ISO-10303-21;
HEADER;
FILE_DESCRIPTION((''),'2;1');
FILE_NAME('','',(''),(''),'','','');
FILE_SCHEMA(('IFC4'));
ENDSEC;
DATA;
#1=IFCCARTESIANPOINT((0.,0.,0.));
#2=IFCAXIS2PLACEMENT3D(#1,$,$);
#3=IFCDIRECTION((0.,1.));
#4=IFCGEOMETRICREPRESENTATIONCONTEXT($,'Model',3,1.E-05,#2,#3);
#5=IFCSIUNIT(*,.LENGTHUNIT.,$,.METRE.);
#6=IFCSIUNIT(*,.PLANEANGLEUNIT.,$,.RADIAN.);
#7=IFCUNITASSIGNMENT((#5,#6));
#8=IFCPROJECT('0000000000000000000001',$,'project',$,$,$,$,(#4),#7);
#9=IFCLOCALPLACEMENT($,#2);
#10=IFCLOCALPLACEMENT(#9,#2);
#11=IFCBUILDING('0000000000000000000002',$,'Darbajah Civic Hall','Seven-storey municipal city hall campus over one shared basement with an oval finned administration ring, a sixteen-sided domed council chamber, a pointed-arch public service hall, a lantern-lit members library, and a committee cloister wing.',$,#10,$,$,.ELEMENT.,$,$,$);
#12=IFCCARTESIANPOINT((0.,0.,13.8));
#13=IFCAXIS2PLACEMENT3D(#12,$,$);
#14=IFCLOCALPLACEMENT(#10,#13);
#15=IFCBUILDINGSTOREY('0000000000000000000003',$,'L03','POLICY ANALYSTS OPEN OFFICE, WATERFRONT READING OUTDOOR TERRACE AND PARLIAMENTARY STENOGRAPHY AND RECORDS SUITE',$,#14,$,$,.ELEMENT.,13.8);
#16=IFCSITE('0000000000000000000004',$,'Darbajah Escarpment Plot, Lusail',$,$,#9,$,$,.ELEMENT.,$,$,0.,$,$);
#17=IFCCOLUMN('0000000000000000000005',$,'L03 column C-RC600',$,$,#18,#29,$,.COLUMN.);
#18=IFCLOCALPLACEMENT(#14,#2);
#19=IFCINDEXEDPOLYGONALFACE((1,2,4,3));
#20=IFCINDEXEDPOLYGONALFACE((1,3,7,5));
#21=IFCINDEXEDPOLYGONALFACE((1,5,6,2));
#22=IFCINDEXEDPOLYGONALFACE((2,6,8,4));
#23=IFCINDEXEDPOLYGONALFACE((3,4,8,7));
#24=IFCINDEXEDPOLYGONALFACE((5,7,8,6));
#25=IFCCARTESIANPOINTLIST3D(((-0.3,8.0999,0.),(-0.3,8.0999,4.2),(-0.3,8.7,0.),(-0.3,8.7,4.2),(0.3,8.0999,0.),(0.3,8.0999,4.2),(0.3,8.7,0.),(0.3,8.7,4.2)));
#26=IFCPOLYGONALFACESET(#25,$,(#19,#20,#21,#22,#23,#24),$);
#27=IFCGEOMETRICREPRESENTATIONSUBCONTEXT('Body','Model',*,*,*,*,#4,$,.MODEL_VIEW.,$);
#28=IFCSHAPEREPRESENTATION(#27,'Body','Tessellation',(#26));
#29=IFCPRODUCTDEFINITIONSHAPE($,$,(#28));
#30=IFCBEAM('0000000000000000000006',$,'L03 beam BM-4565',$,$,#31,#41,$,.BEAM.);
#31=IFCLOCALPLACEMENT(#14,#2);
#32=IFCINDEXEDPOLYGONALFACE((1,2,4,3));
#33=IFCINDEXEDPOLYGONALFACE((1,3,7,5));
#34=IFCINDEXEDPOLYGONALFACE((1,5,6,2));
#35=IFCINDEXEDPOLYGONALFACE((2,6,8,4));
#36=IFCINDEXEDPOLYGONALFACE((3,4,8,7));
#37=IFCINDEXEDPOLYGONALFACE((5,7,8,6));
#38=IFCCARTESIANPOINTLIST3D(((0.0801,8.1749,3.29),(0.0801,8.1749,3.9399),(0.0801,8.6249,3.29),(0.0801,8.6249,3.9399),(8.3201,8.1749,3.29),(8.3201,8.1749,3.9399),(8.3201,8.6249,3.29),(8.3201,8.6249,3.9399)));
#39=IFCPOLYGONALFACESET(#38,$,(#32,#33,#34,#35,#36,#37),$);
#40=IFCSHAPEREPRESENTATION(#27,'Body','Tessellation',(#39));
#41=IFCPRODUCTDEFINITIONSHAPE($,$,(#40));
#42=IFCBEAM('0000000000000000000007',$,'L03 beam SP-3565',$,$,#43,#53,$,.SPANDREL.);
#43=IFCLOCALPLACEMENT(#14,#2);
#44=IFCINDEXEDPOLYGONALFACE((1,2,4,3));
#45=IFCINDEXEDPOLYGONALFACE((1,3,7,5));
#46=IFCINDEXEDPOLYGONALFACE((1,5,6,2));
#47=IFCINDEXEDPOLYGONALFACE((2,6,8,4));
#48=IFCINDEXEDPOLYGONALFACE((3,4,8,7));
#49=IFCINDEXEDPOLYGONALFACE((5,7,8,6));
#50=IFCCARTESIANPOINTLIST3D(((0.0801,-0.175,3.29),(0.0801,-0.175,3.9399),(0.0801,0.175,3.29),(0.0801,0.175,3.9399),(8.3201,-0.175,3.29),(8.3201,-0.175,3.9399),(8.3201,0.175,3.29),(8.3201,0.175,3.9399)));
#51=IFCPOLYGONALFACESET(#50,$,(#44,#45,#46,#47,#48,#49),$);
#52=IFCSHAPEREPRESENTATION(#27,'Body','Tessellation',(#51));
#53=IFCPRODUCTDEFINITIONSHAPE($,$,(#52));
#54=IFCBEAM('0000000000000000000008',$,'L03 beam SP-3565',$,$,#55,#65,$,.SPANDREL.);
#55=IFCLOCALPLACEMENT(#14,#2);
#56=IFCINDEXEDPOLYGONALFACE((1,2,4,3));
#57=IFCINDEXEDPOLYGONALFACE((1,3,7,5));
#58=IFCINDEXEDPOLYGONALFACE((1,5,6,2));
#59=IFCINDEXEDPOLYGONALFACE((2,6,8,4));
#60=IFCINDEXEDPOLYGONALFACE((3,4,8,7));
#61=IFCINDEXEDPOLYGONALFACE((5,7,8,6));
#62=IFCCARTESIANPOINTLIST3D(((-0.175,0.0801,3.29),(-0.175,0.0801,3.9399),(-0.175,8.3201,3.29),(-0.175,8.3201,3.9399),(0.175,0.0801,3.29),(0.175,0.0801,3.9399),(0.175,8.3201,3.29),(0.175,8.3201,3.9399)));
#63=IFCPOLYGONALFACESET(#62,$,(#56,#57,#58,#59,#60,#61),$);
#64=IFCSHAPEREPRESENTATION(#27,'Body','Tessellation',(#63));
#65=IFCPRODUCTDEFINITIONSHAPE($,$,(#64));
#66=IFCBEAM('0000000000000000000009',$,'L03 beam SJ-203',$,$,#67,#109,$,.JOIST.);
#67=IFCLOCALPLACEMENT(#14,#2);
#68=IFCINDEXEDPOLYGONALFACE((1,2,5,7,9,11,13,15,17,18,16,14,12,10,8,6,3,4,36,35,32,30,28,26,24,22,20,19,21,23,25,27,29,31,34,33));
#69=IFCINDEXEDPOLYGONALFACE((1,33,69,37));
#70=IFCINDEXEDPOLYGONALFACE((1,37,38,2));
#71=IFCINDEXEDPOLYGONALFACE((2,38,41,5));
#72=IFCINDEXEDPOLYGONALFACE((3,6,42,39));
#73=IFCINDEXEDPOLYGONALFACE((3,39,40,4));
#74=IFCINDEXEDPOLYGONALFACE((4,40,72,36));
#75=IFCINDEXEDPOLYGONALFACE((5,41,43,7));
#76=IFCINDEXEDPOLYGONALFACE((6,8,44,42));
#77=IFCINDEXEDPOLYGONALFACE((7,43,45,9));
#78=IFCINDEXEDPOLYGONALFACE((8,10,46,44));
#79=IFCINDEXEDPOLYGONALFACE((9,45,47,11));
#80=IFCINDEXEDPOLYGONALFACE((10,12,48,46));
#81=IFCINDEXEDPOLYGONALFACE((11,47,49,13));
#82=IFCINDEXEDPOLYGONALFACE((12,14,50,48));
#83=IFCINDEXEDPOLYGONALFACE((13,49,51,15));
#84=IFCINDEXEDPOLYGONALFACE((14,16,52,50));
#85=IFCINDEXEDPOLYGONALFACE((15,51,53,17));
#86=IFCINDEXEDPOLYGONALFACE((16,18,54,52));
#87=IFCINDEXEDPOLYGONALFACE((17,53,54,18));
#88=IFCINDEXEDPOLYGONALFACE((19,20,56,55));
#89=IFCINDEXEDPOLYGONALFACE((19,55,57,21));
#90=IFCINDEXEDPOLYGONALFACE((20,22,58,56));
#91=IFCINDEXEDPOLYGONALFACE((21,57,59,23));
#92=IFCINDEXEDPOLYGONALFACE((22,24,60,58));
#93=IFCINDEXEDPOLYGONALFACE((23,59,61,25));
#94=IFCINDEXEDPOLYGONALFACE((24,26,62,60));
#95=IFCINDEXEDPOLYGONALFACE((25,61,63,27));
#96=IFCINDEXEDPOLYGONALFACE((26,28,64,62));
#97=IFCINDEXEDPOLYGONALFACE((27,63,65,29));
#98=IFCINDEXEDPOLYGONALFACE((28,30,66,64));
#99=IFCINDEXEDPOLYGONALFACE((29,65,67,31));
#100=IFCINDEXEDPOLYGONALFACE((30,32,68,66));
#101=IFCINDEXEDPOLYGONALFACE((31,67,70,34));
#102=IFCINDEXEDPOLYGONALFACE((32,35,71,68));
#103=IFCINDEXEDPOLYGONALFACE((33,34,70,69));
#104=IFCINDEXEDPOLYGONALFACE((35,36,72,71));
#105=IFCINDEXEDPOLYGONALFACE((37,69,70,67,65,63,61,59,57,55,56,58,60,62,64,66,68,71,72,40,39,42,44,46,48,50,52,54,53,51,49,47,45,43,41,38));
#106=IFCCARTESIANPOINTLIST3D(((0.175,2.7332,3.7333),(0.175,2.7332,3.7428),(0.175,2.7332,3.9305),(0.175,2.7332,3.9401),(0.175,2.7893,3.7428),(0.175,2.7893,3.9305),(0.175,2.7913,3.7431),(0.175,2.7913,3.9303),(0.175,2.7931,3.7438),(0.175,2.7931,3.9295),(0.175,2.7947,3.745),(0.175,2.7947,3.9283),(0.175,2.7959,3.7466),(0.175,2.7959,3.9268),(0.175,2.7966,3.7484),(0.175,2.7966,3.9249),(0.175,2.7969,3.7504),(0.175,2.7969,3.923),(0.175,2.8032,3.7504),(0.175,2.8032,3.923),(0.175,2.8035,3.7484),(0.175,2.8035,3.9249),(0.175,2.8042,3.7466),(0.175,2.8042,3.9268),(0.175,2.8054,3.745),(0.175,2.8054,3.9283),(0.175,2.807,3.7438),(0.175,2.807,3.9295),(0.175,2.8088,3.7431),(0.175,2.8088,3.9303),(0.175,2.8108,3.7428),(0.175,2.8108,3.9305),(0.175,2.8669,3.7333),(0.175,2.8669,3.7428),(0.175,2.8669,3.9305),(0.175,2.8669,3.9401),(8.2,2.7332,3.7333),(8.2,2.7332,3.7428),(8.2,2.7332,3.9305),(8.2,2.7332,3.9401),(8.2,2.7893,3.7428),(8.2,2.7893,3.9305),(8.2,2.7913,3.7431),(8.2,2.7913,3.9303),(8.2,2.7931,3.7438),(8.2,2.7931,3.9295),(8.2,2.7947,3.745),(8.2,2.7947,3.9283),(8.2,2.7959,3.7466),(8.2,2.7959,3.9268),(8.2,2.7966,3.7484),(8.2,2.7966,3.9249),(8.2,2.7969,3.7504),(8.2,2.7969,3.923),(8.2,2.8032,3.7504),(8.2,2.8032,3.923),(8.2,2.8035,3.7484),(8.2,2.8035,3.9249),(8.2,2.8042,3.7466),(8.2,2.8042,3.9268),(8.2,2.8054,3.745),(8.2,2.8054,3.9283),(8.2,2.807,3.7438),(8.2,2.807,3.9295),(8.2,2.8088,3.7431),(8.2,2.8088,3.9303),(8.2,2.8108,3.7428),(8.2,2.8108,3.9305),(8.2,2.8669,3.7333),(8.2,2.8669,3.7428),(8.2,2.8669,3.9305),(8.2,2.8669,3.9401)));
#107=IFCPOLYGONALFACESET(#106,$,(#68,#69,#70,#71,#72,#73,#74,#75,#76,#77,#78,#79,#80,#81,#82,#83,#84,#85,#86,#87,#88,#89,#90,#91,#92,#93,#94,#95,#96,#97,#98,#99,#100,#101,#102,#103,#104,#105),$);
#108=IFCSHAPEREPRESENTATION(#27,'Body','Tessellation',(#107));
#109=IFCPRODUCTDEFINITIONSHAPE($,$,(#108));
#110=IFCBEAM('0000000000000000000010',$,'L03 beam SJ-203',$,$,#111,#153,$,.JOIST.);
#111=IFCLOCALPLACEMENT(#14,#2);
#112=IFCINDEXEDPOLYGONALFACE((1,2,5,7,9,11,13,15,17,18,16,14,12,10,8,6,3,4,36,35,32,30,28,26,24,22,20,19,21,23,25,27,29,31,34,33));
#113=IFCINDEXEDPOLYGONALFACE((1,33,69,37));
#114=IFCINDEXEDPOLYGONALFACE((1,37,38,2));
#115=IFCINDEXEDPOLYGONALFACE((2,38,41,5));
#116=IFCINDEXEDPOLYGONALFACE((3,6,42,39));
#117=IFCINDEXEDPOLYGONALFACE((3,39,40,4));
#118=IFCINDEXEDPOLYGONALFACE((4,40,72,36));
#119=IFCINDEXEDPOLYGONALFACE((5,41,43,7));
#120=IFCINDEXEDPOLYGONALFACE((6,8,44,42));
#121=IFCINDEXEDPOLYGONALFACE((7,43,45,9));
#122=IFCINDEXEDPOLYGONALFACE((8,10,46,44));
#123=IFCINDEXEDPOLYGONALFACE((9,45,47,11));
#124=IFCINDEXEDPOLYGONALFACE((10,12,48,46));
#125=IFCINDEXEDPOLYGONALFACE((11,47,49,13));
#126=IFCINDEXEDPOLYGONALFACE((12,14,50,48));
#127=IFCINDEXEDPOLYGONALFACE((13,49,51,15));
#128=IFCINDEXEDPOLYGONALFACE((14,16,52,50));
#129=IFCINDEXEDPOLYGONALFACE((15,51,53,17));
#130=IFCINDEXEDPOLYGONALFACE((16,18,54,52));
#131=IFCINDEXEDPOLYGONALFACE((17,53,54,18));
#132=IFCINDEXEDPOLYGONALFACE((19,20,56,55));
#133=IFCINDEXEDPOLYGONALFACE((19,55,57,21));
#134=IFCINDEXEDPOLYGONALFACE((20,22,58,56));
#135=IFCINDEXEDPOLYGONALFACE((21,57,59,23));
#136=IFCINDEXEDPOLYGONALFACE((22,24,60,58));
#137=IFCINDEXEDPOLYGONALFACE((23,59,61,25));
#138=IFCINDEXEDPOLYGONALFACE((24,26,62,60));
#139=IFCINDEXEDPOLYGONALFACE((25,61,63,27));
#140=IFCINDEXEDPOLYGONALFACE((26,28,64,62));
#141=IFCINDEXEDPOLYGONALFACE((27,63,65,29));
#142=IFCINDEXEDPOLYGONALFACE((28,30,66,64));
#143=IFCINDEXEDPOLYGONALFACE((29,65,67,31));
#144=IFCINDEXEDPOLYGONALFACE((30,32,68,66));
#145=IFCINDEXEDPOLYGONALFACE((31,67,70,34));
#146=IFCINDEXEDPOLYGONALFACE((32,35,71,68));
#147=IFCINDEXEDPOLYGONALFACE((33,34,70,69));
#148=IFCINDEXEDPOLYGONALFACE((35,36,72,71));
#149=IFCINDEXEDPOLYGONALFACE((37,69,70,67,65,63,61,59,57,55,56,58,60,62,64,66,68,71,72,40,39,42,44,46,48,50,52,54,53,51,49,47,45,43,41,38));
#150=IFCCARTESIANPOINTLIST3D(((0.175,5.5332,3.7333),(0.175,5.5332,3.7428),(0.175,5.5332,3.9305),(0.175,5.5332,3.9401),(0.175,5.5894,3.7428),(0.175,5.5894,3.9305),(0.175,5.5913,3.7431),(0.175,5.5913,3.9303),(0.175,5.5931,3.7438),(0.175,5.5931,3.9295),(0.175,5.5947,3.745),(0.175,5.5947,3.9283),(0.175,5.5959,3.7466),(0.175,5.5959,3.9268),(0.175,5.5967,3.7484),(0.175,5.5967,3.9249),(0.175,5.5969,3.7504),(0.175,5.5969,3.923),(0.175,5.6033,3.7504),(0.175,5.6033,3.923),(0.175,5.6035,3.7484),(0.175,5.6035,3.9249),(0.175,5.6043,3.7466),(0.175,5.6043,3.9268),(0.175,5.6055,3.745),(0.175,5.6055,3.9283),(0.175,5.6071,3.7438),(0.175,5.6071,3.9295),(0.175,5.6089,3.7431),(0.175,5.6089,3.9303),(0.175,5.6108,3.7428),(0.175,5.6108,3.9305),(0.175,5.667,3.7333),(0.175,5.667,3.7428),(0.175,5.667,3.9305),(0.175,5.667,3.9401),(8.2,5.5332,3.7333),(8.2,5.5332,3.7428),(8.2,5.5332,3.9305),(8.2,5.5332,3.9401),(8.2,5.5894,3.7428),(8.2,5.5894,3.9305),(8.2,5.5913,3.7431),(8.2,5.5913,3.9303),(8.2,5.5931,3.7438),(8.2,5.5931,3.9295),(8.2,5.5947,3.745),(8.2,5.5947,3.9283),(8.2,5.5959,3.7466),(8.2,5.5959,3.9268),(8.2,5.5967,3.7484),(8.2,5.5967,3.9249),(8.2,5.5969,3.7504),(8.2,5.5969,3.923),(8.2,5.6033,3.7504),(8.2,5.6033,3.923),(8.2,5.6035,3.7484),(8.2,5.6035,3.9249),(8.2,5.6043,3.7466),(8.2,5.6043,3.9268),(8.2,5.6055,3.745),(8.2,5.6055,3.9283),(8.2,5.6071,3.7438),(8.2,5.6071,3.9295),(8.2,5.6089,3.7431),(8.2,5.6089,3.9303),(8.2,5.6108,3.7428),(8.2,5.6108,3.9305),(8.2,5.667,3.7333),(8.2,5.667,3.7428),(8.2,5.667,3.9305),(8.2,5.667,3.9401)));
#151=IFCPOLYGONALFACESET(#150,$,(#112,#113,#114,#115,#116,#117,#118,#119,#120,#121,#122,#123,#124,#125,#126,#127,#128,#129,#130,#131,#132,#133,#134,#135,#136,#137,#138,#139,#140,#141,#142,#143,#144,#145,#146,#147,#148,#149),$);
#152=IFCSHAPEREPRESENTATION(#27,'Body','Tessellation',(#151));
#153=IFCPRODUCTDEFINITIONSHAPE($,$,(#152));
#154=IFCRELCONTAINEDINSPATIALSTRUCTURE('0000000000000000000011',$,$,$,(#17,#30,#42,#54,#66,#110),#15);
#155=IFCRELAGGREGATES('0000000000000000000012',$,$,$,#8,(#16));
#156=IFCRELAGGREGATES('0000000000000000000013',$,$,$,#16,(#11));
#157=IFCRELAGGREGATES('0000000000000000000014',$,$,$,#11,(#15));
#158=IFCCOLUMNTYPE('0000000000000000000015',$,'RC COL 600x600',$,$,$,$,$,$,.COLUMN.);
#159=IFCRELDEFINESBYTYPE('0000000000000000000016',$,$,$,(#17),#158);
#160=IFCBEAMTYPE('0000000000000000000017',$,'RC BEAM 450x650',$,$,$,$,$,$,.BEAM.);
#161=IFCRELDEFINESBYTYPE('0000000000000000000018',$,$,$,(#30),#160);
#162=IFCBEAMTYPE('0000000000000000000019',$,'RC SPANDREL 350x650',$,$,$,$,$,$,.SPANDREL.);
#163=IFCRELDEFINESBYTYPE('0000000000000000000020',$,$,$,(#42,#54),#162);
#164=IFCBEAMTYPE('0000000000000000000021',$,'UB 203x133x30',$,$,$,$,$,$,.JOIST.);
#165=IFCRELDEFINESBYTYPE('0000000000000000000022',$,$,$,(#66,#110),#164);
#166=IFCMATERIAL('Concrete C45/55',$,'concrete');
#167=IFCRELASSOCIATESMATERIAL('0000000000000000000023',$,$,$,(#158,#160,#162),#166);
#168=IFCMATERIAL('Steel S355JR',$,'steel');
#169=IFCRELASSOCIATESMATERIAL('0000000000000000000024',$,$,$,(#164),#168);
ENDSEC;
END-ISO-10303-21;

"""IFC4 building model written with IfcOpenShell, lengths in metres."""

from ifc_helpers import new_model, si_unit, direction, frame, origin, origin_2d, place, context, subcontext, project, spatial, rectangle, i_section, extrude, material, material_profile, profile_set, type_object, element, save


model = new_model("IFC4")

# Units and contexts
model_context = context("Model", 3, precision=1e-05, world=origin(), true_north=direction((0.0, 1.0)))
body_context = subcontext(model_context, "Body", "Model", "MODEL_VIEW")
ifc_project = project(units=[si_unit("LENGTHUNIT", "METRE"), si_unit("PLANEANGLEUNIT", "RADIAN")], contexts=[model_context])

# Site, building, storey
site_placement = place(None, origin())
site = spatial("IfcSite", under=ifc_project, at=site_placement, Name="Darbajah Escarpment Plot, Lusail", CompositionType="ELEMENT", RefElevation=0.0)
building_placement = place(site_placement, origin())
building = spatial("IfcBuilding", under=site, at=building_placement, Name="Darbajah Civic Hall", Description="Seven-storey municipal city hall campus over one shared basement with an oval finned administration ring, a sixteen-sided domed council chamber, a pointed-arch public service hall, a lantern-lit members library, and a committee cloister wing.", CompositionType="ELEMENT")
storey_placement = place(building_placement, frame((0.0, 0.0, 13.8)))
storey = spatial("IfcBuildingStorey", under=building, at=storey_placement, Name="L03", Description="POLICY ANALYSTS OPEN OFFICE, WATERFRONT READING OUTDOOR TERRACE AND PARLIAMENTARY STENOGRAPHY AND RECORDS SUITE", CompositionType="ELEMENT", Elevation=13.8)

# Column
ifc_material_1 = material(Name="Concrete C45/55", Category="concrete")
ifc_material_profile_1 = material_profile(ifc_material_1, rectangle(XDim=0.6001, YDim=0.6001, at=origin_2d()), Name="RC COL 600x600")
ifc_profile_set_1 = profile_set([ifc_material_profile_1], Name="Concrete C45/55")
column_type = type_object("IfcColumnType", Name="RC COL 600x600", PredefinedType="COLUMN", material=ifc_profile_set_1)
column_placement = place(storey_placement, frame((0.0, 8.3999, 0.0), z_axis=(0.0, 0.0, 1.0), x_axis=(1.0, 0.0, 0.0)))
element("IfcColumn", 1, at=column_placement, inside=storey, type_object=column_type, Name="L03 column C-RC600", PredefinedType="COLUMN", context=body_context, shape_type="SweptSolid", body=[
    extrude(rectangle(XDim=0.6001, YDim=0.6001, at=origin_2d()), origin(), (0.0, 0.0, 1.0), 4.2),
])

# Beams
ifc_material_profile_2 = material_profile(ifc_material_1, rectangle(XDim=0.45, YDim=0.6499, at=origin_2d()), Name="RC BEAM 450x650")
ifc_profile_set_2 = profile_set([ifc_material_profile_2], Name="Concrete C45/55")
beam_type_1 = type_object("IfcBeamType", Name="RC BEAM 450x650", PredefinedType="BEAM", material=ifc_profile_set_2)
beam_placement = place(storey_placement, frame((0.0801, 8.3999, 3.615), z_axis=(1.0, 0.0, 0.0), x_axis=(0.0, 1.0, 0.0)))
element("IfcBeam", 2, at=beam_placement, inside=storey, type_object=beam_type_1, Name="L03 beam BM-4565", PredefinedType="BEAM", context=body_context, shape_type="SweptSolid", body=[
    extrude(rectangle(XDim=0.45, YDim=0.6499, at=origin_2d()), origin(), (0.0, 0.0, 1.0), 8.24),
])
ifc_material_profile_3 = material_profile(ifc_material_1, rectangle(XDim=0.3501, YDim=0.6499, at=origin_2d()), Name="RC SPANDREL 350x650")
ifc_profile_set_3 = profile_set([ifc_material_profile_3], Name="Concrete C45/55")
beam_type_2 = type_object("IfcBeamType", Name="RC SPANDREL 350x650", PredefinedType="SPANDREL", material=ifc_profile_set_3)
for number, where, z_axis, x_axis, name in (
    (3, (0.0801, 0.0, 3.615), (1.0, 0.0, 0.0), (0.0, 1.0, 0.0), "L03 beam SP-3565"),
    (4, (0.0, 0.0801, 3.615), (0.0, 1.0, 0.0), (-1.0, 0.0, 0.0), "L03 beam SP-3565"),
):
    element("IfcBeam", number, at=place(storey_placement, frame(where, z_axis=z_axis, x_axis=x_axis)), inside=storey, type_object=beam_type_2, Name=name, PredefinedType="SPANDREL", context=body_context, shape_type="SweptSolid", body=[
        extrude(rectangle(XDim=0.3501, YDim=0.6499, at=origin_2d()), origin(), (0.0, 0.0, 1.0), 8.24),
    ])
ifc_material_2 = material(Name="Steel S355JR", Category="steel")
ifc_material_profile_4 = material_profile(ifc_material_2, i_section(OverallWidth=0.1338, OverallDepth=0.2068, WebThickness=0.0063, FlangeThickness=0.0095, FilletRadius=0.0076, at=origin_2d()), Name="UB 203x133x30")
ifc_profile_set_4 = profile_set([ifc_material_profile_4], Name="Steel S355JR")
beam_type_3 = type_object("IfcBeamType", Name="UB 203x133x30", PredefinedType="JOIST", material=ifc_profile_set_4)
for number, where, z_axis, x_axis, name in (
    (5, (0.175, 2.8, 3.8367), (1.0, 0.0, 0.0), (0.0, 1.0, 0.0), "L03 beam SJ-203"),
    (6, (0.175, 5.6001, 3.8367), (1.0, 0.0, 0.0), (0.0, 1.0, 0.0), "L03 beam SJ-203"),
):
    element("IfcBeam", number, at=place(storey_placement, frame(where, z_axis=z_axis, x_axis=x_axis)), inside=storey, type_object=beam_type_3, Name=name, PredefinedType="JOIST", context=body_context, shape_type="SweptSolid", body=[
        extrude(i_section(OverallWidth=0.1338, OverallDepth=0.2068, WebThickness=0.0063, FlangeThickness=0.0095, FilletRadius=0.0076, at=origin_2d()), origin(), (0.0, 0.0, 1.0), 8.0249),
    ])

save(model, "model.ifc")
